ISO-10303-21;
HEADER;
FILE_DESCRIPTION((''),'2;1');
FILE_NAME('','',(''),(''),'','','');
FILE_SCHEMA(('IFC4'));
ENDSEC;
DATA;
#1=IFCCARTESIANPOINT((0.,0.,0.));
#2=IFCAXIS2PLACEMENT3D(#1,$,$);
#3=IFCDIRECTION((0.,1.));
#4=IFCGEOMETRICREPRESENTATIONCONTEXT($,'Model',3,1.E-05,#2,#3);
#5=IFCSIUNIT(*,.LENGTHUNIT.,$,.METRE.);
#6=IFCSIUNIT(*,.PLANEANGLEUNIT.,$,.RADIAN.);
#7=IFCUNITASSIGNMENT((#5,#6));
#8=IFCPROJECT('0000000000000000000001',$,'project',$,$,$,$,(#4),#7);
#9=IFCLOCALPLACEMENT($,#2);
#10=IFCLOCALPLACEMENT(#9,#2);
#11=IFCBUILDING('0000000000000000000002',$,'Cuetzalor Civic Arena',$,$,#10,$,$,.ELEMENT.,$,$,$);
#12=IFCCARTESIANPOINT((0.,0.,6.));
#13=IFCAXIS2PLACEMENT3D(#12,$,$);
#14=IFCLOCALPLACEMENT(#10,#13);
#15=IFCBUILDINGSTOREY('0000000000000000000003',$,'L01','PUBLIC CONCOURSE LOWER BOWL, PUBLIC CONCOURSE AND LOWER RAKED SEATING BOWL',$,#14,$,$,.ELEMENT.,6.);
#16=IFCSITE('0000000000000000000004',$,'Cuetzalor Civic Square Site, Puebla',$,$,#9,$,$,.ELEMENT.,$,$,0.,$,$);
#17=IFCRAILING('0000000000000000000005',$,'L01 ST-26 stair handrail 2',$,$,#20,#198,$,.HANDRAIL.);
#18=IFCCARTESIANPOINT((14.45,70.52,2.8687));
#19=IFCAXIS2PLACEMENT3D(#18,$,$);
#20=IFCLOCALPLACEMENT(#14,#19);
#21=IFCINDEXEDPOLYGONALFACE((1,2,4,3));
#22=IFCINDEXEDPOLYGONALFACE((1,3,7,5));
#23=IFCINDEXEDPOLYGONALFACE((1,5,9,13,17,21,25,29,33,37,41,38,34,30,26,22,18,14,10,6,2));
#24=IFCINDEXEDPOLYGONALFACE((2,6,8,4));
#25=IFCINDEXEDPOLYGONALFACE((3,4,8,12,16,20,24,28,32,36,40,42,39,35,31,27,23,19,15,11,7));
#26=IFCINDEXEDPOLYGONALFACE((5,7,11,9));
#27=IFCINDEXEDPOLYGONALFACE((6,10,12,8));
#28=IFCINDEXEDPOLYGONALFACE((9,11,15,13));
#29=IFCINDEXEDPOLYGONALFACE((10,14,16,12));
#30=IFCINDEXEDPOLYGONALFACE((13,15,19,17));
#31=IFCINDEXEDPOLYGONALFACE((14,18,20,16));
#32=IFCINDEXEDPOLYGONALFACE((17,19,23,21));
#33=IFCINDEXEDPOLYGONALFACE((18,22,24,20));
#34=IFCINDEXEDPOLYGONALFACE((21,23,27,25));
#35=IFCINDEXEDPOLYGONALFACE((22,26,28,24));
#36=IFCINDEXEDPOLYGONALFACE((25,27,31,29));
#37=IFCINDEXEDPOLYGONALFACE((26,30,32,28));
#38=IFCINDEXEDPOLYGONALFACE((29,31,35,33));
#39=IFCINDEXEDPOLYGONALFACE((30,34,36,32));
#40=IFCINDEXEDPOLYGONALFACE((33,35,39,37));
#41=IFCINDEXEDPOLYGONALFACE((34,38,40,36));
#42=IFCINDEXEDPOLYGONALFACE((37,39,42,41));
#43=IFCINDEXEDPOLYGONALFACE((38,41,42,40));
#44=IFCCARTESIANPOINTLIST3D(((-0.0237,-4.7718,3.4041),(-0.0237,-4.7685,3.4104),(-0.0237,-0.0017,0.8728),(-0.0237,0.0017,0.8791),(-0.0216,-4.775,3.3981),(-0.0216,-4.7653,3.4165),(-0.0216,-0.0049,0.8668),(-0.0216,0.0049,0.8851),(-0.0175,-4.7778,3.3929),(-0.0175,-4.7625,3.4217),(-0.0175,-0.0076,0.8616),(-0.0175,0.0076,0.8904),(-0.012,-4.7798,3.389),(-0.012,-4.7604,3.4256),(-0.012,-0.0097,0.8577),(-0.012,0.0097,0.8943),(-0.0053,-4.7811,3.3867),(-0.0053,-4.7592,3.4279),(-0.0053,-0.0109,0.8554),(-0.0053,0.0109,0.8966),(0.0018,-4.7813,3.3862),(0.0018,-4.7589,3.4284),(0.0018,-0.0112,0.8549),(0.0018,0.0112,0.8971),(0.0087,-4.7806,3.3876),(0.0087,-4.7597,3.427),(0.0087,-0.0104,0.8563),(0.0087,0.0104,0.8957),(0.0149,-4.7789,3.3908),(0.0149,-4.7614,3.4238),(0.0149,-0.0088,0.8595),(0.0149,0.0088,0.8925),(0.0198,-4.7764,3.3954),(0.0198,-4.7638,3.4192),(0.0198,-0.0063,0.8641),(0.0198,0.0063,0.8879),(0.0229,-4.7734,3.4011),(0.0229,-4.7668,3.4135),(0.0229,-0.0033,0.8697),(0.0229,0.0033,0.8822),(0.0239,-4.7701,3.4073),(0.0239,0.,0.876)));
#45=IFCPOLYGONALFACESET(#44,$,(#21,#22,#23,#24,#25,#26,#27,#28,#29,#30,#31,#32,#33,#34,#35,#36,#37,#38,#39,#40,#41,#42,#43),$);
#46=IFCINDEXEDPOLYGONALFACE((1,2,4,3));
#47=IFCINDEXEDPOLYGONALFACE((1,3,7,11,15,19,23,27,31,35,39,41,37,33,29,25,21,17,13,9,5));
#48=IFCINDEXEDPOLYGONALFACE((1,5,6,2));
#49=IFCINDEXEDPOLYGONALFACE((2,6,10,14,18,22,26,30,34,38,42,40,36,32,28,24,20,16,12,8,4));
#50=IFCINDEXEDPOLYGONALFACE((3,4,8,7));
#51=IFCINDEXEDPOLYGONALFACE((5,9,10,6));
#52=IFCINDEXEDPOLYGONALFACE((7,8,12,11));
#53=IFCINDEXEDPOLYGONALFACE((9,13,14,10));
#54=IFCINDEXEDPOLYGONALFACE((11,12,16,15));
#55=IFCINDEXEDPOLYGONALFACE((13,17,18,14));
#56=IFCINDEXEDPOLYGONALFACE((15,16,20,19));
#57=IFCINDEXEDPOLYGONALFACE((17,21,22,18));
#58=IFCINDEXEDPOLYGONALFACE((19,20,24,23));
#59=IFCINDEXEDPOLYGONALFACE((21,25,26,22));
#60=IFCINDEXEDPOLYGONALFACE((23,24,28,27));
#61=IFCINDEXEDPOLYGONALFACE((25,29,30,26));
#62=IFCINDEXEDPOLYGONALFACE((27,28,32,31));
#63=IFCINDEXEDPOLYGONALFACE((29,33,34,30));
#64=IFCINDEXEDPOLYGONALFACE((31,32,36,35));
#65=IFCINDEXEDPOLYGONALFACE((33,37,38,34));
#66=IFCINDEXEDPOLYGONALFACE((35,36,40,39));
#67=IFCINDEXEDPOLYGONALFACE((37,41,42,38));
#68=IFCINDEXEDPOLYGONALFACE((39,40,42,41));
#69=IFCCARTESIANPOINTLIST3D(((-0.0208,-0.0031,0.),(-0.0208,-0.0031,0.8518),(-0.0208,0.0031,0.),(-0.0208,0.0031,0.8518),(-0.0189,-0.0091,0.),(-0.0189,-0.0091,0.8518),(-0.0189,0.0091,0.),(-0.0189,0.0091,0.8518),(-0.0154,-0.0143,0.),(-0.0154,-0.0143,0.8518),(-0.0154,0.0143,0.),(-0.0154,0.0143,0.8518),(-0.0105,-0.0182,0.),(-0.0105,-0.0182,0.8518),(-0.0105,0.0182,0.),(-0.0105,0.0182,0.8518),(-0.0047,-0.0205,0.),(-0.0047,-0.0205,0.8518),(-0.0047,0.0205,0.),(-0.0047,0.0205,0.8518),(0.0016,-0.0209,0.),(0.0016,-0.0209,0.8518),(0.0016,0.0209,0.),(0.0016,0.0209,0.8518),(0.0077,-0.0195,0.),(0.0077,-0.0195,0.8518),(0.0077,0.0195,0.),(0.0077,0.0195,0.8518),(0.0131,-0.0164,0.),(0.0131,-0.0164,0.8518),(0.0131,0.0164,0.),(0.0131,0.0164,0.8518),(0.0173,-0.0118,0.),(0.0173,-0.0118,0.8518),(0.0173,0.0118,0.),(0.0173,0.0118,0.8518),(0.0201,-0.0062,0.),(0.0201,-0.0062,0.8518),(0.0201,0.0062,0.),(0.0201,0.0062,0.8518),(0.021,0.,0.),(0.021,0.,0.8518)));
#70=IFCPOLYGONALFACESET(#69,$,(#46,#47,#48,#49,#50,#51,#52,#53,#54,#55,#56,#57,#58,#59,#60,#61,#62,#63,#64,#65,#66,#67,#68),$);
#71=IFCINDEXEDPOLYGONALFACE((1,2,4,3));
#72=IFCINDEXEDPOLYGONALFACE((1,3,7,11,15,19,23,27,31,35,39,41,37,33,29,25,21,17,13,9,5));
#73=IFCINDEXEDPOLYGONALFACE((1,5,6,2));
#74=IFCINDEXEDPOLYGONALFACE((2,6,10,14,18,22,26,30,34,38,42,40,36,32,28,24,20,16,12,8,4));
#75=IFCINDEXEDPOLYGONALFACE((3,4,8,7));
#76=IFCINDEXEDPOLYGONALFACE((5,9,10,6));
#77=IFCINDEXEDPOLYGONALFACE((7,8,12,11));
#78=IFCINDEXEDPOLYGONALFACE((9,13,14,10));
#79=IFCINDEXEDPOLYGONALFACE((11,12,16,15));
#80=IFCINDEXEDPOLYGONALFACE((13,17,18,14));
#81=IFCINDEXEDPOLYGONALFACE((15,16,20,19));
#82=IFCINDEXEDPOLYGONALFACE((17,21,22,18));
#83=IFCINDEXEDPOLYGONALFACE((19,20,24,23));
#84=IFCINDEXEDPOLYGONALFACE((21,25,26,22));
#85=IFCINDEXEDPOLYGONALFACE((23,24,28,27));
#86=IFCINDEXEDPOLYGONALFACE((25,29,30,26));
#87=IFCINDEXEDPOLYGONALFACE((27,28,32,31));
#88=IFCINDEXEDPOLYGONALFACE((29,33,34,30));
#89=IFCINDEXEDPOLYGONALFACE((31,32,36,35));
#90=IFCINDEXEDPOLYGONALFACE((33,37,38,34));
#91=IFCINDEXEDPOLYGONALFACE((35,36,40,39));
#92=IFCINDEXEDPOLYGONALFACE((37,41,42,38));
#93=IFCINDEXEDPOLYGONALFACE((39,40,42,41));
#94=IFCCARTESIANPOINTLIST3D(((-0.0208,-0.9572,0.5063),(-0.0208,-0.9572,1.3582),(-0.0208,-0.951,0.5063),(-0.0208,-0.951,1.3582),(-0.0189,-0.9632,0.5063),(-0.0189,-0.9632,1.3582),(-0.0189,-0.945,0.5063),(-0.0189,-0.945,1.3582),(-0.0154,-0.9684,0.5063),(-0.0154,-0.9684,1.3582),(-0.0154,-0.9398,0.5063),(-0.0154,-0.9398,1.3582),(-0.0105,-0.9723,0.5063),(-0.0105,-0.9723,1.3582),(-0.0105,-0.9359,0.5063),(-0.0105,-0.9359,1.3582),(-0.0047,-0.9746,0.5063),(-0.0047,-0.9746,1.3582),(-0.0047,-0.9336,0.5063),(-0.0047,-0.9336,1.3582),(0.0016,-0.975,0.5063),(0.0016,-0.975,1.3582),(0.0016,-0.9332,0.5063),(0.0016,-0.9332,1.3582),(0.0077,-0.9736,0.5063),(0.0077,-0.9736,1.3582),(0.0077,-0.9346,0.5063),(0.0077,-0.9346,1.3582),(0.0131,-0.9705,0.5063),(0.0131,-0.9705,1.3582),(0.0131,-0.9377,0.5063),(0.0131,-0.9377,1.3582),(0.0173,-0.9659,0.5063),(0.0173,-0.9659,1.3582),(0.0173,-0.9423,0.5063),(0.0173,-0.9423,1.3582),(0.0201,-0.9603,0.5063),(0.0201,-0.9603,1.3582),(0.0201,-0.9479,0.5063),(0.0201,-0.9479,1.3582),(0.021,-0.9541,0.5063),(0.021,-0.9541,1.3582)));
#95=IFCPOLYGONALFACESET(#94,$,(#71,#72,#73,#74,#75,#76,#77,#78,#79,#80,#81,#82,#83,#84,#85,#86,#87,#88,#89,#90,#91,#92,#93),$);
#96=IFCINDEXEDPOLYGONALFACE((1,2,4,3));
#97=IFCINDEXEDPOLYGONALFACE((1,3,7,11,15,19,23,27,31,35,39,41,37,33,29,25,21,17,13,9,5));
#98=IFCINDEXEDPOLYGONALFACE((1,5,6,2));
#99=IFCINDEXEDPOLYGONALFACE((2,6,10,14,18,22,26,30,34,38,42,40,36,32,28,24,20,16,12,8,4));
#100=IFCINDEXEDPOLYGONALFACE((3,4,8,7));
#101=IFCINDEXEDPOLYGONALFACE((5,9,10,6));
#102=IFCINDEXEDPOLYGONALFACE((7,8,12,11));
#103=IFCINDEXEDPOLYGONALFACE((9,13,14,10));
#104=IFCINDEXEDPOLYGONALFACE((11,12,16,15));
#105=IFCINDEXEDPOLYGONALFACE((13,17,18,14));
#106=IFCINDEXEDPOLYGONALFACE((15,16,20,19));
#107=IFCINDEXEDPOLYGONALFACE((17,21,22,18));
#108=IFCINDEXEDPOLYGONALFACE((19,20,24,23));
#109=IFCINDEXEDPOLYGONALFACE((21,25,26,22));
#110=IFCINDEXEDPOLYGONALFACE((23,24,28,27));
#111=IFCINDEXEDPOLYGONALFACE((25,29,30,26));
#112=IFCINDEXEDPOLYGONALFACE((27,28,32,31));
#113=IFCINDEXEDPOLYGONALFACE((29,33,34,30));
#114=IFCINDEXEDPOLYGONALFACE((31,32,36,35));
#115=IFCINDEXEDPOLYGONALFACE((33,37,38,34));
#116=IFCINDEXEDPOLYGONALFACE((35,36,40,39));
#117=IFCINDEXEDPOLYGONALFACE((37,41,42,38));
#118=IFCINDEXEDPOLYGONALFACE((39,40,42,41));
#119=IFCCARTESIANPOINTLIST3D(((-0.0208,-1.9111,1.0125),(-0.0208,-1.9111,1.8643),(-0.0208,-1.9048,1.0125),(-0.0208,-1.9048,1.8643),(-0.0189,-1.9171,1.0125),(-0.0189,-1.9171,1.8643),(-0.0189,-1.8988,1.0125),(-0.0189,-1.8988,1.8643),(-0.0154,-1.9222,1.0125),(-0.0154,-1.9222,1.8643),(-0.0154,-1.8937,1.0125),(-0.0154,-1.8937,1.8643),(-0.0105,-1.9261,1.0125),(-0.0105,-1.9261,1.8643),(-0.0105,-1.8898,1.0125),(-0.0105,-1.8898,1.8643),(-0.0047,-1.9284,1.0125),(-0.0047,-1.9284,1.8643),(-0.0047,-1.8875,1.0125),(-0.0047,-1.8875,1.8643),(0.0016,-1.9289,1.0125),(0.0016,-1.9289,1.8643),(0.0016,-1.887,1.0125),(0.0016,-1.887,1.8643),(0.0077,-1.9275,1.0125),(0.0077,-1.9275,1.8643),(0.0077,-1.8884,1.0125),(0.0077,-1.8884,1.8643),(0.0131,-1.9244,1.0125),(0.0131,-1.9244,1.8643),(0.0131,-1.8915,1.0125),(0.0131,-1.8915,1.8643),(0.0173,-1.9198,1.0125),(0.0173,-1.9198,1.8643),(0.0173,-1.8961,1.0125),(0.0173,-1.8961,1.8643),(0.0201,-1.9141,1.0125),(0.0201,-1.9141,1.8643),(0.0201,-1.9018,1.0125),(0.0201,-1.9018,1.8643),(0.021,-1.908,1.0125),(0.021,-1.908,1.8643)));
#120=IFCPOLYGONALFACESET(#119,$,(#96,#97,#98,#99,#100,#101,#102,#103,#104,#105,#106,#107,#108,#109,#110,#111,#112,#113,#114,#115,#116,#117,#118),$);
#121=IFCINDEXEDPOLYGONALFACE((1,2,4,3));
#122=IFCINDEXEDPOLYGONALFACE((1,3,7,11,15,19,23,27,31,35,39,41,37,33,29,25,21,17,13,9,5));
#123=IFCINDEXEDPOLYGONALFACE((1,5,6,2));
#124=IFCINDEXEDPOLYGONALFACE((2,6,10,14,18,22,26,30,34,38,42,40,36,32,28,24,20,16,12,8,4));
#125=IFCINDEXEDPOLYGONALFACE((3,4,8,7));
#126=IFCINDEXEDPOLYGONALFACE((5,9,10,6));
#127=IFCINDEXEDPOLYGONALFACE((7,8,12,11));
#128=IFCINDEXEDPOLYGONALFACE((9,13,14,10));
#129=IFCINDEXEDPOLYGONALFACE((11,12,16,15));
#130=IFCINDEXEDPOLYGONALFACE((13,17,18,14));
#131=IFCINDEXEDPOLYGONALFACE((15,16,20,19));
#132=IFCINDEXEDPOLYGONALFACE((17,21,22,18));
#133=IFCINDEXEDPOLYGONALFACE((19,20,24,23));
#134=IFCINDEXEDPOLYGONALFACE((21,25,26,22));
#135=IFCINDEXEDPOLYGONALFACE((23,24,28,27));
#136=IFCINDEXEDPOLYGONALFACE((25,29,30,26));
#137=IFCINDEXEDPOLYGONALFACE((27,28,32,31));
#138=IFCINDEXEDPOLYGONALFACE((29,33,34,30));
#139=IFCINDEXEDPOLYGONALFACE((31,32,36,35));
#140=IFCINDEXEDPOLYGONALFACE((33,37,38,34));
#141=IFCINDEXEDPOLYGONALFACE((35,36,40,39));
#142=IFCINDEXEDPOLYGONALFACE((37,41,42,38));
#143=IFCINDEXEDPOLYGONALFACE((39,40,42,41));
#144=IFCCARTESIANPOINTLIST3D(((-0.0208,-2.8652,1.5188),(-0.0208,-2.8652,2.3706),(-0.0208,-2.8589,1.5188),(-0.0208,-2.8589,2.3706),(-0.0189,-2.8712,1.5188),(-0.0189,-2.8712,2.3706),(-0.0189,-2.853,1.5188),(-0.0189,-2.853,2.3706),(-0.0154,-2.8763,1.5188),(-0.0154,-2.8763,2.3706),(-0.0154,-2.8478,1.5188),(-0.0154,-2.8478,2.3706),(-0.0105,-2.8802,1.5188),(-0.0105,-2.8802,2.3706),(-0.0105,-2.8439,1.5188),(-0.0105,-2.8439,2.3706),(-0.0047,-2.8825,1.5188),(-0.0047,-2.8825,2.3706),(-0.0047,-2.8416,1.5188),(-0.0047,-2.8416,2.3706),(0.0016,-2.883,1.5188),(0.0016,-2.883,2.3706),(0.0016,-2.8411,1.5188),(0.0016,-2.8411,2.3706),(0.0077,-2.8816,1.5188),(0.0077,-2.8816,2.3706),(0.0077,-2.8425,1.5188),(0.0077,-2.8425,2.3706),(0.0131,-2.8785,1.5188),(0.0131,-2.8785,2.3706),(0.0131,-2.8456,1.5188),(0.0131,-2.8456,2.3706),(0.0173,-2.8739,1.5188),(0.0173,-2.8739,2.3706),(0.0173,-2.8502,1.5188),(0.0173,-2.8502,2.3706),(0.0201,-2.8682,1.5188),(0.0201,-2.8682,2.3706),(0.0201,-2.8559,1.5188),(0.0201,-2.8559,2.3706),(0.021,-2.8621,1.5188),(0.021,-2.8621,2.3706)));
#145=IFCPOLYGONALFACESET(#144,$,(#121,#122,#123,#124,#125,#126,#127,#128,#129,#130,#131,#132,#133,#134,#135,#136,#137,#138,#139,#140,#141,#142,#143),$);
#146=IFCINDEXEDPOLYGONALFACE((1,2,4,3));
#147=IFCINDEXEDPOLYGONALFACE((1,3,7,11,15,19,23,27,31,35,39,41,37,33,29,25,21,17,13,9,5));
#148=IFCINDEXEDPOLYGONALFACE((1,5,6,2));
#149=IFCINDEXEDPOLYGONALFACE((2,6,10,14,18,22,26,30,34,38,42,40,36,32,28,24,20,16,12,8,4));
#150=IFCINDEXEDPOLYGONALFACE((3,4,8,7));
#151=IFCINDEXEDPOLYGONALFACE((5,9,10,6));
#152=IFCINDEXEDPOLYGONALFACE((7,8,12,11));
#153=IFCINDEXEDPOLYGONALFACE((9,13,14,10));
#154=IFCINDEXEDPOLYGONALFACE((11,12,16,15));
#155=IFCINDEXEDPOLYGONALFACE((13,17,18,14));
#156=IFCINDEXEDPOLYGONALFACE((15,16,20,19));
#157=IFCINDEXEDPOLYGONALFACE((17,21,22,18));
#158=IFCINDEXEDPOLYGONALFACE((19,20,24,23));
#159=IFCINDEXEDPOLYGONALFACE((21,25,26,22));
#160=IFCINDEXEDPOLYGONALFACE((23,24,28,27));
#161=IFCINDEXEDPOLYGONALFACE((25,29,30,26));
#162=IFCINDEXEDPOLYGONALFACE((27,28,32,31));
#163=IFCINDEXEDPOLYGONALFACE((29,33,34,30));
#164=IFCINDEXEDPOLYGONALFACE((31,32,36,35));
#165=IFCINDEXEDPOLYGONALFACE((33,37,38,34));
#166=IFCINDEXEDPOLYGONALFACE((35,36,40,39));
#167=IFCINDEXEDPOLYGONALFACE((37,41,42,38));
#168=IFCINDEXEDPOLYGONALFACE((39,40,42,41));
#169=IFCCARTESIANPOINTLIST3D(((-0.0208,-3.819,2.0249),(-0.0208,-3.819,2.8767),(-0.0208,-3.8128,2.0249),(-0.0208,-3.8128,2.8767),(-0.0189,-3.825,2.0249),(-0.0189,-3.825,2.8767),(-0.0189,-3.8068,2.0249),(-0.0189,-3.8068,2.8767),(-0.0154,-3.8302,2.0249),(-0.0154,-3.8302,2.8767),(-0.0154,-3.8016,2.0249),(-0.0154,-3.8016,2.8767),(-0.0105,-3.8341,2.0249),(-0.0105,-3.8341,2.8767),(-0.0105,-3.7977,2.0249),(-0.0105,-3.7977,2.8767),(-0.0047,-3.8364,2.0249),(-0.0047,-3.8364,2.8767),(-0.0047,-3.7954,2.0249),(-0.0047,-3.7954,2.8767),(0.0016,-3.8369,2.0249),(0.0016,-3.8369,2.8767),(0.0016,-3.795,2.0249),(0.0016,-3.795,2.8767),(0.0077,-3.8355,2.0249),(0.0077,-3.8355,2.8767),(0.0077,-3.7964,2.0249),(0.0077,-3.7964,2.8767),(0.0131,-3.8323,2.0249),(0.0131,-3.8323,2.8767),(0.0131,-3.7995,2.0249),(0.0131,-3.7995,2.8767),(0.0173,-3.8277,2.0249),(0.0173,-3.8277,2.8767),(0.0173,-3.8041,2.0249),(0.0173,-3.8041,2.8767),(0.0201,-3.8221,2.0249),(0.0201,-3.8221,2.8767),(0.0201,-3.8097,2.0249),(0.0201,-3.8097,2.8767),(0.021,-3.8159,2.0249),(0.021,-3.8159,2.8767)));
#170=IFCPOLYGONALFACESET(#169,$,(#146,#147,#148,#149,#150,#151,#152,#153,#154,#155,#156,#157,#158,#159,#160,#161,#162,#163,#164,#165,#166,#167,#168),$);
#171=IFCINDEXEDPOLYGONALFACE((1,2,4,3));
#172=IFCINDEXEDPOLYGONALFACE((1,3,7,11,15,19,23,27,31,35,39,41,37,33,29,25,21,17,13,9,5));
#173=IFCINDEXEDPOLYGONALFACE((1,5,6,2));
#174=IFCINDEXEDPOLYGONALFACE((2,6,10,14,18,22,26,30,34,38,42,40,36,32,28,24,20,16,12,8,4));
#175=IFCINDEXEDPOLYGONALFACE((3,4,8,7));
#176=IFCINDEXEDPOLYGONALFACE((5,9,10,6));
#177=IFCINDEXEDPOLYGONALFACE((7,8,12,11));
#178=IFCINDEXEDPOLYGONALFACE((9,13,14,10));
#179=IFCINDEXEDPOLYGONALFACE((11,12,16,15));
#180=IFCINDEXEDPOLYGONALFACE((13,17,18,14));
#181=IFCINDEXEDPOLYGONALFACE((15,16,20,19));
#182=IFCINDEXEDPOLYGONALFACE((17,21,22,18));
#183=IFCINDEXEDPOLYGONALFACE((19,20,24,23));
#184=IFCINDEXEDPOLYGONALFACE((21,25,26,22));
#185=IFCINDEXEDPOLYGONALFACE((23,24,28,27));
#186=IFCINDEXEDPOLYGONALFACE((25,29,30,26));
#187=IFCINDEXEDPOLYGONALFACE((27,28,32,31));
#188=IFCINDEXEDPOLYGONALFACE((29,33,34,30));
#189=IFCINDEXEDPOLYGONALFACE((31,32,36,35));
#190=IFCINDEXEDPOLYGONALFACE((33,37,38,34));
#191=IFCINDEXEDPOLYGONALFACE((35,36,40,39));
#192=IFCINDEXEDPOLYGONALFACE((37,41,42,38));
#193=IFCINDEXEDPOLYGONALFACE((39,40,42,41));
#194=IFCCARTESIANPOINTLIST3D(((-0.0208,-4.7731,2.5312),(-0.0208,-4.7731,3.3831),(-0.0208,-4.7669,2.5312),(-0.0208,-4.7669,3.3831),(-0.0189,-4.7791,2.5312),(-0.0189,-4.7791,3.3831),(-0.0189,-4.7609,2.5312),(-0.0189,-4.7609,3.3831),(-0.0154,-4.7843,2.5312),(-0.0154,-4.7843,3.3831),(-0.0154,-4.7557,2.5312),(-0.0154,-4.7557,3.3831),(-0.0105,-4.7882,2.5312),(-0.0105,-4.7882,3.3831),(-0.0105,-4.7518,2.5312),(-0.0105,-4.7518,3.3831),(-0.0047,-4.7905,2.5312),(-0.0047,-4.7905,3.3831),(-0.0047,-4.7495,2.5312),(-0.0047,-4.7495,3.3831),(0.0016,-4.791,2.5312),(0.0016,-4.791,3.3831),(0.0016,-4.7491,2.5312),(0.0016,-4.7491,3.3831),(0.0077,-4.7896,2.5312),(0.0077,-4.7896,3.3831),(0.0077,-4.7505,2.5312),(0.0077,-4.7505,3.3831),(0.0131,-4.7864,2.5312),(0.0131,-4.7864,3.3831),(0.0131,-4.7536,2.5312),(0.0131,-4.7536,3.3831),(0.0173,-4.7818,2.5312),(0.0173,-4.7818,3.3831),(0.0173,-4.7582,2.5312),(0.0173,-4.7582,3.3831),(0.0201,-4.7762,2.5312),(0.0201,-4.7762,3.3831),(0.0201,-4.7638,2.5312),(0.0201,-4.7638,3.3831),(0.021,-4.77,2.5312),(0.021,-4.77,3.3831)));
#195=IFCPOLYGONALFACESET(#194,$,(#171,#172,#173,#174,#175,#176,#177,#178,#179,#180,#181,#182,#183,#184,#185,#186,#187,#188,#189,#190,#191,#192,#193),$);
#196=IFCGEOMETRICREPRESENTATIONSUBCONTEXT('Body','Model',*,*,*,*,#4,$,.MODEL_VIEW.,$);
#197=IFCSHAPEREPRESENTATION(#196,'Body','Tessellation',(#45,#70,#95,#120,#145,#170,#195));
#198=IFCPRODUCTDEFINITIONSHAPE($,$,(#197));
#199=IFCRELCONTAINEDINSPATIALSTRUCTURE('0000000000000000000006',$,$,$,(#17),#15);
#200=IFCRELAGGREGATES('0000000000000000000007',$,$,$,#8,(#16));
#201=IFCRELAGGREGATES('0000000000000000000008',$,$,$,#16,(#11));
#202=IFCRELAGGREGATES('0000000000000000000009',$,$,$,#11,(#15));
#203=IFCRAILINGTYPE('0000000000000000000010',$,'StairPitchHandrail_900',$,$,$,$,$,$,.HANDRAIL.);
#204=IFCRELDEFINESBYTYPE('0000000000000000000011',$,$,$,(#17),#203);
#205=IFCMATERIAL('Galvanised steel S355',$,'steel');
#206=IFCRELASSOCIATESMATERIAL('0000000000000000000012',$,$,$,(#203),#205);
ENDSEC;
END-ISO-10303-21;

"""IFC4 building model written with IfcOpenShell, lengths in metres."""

from ifc_helpers import new_model, si_unit, direction, frame, origin, origin_2d, place, context, subcontext, project, spatial, circle, extrude, material, type_object, element, save


model = new_model("IFC4")

# Units and contexts
model_context = context("Model", 3, precision=1e-05, world=origin(), true_north=direction((0.0, 1.0)))
body_context = subcontext(model_context, "Body", "Model", "MODEL_VIEW")
ifc_project = project(units=[si_unit("LENGTHUNIT", "METRE"), si_unit("PLANEANGLEUNIT", "RADIAN")], contexts=[model_context])

# Site, building, storey
site_placement = place(None, origin())
site = spatial("IfcSite", under=ifc_project, at=site_placement, Name="Cuetzalor Civic Square Site, Puebla", CompositionType="ELEMENT", RefElevation=0.0)
building_placement = place(site_placement, origin())
building = spatial("IfcBuilding", under=site, at=building_placement, Name="Cuetzalor Civic Arena", CompositionType="ELEMENT")
storey_placement = place(building_placement, frame((0.0, 0.0, 6.0)))
storey = spatial("IfcBuildingStorey", under=building, at=storey_placement, Name="L01", Description="PUBLIC CONCOURSE LOWER BOWL, PUBLIC CONCOURSE AND LOWER RAKED SEATING BOWL", CompositionType="ELEMENT", Elevation=6.0)

# Railing
ifc_material_1 = material(Name="Galvanised steel S355", Category="steel")
railing_type_1 = type_object("IfcRailingType", Name="StairPitchHandrail_900", PredefinedType="HANDRAIL", material=ifc_material_1)
railing_1_placement = place(storey_placement, frame((14.45, 70.52, 2.8687)))
element("IfcRailing", 1, at=railing_1_placement, inside=storey, type_object=railing_type_1, Name="L01 ST-26 stair handrail 2", PredefinedType="HANDRAIL", context=body_context, shape_type="SweptSolid", body=[
    extrude(circle(Radius=0.0239, at=origin_2d()), frame((0.0, 0.0, 0.876), z_axis=(0.0, -0.883332, 0.468747), x_axis=(1.0, 0.0, 0.0)), (0.0, 0.0, 1.0), 5.4001),
    extrude(circle(Radius=0.021, at=origin_2d()), origin(), (0.0, 0.0, 1.0), 0.8518),
    extrude(circle(Radius=0.021, at=origin_2d()), frame((0.0, -0.9541, 0.5063)), (0.0, 0.0, 1.0), 0.8518),
    extrude(circle(Radius=0.021, at=origin_2d()), frame((0.0, -1.908, 1.0125)), (0.0, 0.0, 1.0), 0.8518),
    extrude(circle(Radius=0.021, at=origin_2d()), frame((0.0, -2.8621, 1.5188)), (0.0, 0.0, 1.0), 0.8518),
    extrude(circle(Radius=0.021, at=origin_2d()), frame((0.0, -3.8159, 2.0249)), (0.0, 0.0, 1.0), 0.8518),
    extrude(circle(Radius=0.021, at=origin_2d()), frame((0.0, -4.77, 2.5312)), (0.0, 0.0, 1.0), 0.8518),
])

save(model, "model.ifc")
